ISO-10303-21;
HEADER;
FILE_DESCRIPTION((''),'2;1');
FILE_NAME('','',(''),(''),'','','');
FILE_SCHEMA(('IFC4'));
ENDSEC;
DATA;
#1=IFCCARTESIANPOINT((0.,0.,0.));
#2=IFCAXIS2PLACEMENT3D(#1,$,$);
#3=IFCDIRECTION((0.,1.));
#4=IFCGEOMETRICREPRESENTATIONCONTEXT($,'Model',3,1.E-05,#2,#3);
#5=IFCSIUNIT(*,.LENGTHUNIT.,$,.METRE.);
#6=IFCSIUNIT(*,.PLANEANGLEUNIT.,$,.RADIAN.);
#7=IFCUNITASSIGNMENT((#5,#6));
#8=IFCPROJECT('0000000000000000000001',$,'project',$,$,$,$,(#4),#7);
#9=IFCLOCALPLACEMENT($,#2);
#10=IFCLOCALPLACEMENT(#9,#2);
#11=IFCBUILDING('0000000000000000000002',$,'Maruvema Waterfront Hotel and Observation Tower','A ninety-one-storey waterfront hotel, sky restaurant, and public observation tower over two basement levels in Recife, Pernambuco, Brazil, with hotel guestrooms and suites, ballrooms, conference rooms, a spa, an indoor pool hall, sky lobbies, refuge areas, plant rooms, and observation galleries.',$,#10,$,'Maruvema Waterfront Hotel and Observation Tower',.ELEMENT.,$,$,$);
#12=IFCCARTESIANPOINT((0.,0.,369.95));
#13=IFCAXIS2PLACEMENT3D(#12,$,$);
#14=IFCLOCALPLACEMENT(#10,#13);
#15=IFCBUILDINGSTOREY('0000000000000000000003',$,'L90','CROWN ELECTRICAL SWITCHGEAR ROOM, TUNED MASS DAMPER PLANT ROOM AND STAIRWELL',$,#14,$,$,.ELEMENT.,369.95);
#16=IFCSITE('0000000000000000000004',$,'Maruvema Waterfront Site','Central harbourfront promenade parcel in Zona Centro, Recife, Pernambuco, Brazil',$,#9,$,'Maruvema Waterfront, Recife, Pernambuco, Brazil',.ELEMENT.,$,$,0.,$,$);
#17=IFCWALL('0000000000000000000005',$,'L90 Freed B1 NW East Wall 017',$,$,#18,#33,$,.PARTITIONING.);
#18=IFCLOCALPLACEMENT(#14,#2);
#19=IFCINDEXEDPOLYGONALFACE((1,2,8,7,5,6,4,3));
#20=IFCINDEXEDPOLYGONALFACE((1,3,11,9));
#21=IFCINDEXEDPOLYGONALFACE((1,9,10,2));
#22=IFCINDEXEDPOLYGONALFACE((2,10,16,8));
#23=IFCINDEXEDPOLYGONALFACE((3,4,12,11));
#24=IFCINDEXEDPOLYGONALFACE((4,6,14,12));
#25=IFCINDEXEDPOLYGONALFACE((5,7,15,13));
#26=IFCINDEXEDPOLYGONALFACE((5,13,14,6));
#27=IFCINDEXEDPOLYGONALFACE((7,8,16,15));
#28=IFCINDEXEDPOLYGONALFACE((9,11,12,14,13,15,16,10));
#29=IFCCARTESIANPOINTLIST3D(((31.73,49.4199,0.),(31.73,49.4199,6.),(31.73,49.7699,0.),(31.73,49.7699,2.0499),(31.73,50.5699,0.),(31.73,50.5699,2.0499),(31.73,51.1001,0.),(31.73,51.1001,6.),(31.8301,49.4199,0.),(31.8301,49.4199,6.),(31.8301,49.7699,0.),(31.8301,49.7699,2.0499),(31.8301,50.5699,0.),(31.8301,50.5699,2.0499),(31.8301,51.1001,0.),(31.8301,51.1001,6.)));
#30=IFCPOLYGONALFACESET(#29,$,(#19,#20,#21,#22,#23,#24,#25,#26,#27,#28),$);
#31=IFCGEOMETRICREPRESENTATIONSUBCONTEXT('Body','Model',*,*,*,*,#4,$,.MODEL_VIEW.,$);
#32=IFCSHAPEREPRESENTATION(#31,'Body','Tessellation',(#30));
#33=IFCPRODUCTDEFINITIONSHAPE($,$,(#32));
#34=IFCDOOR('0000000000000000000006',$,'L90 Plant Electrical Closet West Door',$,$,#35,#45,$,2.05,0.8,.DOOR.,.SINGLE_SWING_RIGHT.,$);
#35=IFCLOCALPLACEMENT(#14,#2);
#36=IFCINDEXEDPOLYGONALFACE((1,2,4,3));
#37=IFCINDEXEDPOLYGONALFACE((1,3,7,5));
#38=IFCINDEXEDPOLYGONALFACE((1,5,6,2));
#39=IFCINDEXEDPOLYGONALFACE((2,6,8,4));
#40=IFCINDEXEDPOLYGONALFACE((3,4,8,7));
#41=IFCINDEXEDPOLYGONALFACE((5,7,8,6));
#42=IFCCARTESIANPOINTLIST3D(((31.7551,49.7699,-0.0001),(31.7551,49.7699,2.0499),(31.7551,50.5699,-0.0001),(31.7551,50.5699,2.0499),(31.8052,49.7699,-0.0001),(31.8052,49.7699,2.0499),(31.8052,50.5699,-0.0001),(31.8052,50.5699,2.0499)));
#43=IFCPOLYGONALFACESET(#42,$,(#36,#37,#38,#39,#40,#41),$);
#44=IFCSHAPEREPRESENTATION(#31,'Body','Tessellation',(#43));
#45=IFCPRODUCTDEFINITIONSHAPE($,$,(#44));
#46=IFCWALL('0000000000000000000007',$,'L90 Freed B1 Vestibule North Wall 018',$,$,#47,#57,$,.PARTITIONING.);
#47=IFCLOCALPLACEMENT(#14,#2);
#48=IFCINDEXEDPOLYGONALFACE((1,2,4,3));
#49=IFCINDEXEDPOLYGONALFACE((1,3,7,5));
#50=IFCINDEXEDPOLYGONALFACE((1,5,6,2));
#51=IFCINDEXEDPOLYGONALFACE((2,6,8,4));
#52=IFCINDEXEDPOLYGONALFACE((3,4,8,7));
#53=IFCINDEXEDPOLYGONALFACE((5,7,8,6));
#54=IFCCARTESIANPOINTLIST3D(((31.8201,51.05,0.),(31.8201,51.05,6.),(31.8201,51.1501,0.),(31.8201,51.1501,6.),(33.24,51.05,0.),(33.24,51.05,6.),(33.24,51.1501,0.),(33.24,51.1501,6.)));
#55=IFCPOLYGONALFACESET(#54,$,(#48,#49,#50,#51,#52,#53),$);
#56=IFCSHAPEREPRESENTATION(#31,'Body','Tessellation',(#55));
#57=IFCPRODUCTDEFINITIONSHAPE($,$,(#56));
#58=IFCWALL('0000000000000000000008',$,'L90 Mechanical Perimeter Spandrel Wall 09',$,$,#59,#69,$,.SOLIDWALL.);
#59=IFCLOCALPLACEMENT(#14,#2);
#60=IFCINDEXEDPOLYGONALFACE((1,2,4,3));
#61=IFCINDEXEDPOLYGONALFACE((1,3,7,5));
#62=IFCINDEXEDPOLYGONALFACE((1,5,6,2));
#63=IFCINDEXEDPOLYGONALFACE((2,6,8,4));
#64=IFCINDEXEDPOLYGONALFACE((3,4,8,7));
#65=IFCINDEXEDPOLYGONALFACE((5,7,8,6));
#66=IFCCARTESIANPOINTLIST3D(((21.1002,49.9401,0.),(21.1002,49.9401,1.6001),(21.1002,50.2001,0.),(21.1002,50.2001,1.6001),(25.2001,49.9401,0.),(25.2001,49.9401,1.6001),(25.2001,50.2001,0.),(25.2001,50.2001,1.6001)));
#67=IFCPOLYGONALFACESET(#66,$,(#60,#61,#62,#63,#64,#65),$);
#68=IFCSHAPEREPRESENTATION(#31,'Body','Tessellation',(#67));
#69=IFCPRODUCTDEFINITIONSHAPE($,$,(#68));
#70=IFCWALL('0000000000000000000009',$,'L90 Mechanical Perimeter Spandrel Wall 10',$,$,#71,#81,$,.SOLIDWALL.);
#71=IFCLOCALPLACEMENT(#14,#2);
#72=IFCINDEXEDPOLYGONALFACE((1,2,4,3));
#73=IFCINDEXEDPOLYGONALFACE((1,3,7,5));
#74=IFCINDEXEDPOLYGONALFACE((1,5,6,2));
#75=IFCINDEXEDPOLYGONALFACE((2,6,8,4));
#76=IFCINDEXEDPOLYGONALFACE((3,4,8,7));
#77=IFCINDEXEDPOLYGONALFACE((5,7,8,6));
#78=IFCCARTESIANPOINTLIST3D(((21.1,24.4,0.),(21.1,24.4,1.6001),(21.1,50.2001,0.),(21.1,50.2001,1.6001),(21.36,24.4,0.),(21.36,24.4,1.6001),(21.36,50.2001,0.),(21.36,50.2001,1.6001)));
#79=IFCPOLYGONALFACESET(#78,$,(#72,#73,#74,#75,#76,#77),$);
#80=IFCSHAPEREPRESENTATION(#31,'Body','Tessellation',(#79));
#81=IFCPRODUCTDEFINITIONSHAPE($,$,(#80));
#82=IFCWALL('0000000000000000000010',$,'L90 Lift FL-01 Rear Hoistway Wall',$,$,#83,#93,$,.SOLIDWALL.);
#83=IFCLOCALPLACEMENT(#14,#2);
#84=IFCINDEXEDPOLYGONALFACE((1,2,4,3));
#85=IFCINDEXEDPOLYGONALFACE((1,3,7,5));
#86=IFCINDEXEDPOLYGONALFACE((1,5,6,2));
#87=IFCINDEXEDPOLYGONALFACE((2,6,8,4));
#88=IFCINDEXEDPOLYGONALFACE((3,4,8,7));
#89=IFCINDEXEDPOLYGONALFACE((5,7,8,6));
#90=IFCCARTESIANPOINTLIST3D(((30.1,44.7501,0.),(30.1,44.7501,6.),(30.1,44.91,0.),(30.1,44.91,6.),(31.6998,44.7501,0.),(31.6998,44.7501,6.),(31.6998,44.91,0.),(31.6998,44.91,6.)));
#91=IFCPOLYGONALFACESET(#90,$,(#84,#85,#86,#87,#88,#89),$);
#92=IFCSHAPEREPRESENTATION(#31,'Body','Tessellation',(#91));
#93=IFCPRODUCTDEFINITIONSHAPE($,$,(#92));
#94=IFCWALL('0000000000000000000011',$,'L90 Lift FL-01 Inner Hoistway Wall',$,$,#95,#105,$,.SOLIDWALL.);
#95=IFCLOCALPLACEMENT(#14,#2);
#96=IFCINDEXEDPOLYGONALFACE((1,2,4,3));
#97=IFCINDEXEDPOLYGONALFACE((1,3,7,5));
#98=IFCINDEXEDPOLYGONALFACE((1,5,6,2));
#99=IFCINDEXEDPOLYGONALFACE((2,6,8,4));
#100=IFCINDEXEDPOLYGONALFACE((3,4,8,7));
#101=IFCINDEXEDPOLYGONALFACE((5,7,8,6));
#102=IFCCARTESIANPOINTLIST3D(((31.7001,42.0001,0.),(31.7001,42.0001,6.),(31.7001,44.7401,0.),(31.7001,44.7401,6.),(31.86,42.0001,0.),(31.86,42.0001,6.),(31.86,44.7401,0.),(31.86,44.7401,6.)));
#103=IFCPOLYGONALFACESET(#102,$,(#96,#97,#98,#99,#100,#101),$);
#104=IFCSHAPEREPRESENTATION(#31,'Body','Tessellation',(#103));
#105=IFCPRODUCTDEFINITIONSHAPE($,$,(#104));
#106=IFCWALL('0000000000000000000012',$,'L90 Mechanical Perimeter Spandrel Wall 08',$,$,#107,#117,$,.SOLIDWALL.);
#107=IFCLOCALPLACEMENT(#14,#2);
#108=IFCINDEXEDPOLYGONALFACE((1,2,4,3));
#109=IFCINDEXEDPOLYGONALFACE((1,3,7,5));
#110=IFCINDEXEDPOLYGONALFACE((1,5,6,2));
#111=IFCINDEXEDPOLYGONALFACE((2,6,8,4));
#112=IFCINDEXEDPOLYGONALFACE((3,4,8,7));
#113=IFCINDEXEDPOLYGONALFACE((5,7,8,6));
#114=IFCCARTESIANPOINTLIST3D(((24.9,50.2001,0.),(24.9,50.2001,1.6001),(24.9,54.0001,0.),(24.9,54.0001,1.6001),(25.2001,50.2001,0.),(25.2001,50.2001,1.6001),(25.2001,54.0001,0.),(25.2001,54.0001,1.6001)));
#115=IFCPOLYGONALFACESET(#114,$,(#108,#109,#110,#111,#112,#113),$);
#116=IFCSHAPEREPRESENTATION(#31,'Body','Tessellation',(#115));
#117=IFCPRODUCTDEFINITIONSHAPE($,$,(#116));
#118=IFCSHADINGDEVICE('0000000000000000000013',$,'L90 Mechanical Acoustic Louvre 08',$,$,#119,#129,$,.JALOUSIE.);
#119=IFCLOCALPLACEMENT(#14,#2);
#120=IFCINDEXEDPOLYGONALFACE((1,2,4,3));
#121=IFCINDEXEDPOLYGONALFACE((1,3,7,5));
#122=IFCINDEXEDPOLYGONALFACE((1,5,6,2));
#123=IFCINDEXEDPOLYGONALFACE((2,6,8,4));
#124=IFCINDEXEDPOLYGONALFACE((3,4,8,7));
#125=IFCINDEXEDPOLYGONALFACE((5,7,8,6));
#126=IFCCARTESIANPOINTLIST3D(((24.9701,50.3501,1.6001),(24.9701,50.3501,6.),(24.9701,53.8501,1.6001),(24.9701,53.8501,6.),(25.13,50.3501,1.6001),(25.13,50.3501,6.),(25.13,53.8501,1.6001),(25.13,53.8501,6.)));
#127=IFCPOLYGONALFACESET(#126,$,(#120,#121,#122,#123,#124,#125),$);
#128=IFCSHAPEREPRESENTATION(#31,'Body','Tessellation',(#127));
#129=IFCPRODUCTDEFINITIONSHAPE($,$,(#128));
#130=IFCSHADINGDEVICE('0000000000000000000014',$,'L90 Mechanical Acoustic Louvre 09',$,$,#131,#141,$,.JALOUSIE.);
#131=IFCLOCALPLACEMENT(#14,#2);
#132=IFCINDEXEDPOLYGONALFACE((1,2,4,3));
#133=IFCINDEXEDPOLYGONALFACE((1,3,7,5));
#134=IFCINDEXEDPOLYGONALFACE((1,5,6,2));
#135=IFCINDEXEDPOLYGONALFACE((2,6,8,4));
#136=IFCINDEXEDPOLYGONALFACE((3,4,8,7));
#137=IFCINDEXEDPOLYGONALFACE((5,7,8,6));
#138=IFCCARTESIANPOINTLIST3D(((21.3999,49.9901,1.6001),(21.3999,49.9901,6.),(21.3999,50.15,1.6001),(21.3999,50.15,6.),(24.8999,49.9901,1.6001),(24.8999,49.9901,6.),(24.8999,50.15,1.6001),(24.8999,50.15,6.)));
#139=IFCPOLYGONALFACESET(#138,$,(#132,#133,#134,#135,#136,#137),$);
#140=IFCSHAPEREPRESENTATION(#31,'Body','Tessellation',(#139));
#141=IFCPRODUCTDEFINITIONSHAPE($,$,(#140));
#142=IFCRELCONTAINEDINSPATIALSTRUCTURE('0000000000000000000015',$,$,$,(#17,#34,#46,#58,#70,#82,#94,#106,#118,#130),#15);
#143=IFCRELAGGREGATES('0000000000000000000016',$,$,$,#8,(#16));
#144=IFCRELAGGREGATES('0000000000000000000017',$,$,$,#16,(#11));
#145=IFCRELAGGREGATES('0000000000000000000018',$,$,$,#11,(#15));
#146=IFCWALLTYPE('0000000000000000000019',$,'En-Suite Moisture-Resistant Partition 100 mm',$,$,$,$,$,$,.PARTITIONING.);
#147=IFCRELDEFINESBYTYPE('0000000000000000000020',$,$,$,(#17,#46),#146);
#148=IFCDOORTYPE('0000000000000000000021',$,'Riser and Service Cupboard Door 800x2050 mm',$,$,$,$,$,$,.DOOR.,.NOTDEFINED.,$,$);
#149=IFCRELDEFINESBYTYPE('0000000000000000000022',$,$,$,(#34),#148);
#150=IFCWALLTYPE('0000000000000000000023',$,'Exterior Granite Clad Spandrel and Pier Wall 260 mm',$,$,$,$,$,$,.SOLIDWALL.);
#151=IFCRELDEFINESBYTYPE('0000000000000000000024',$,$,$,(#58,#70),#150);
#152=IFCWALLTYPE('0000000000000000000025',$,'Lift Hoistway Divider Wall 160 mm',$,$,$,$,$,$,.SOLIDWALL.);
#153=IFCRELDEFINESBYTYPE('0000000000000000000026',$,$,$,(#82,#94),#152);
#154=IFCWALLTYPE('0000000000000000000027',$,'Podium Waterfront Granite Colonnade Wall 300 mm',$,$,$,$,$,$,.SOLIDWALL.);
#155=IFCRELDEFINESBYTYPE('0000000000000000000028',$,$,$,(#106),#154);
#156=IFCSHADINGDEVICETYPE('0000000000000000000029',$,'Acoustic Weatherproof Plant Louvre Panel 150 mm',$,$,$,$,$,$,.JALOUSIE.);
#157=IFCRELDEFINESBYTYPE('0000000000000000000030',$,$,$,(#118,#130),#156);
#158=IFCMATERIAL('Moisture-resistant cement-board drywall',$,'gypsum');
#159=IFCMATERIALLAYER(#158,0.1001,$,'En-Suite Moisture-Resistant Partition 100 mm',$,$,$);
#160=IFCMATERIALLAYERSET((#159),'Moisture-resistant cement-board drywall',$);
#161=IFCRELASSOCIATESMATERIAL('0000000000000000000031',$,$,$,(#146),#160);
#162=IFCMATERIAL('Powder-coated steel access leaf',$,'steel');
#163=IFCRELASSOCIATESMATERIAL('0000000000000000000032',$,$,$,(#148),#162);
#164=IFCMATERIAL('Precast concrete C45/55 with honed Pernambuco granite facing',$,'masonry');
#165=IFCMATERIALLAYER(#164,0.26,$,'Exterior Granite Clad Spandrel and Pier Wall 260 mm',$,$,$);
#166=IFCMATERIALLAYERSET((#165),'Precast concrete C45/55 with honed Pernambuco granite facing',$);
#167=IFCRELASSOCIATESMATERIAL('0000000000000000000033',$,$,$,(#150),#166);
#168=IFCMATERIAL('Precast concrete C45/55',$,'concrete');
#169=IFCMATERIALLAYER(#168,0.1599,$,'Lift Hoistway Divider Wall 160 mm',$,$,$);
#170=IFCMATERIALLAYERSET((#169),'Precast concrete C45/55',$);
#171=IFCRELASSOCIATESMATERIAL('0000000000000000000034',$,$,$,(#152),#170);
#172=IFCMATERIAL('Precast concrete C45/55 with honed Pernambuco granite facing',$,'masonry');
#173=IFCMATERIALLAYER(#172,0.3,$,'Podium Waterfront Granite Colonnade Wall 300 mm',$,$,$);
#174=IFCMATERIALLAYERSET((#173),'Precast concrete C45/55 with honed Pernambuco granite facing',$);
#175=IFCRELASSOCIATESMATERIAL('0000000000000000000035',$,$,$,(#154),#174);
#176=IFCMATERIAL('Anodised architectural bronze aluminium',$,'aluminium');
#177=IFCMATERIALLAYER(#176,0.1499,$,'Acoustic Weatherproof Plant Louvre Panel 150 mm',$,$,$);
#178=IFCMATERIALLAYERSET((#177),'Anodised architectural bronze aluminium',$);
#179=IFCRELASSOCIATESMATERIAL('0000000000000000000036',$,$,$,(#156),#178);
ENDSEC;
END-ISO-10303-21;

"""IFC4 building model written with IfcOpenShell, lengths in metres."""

from ifc_helpers import new_model, si_unit, direction, frame, frame_2d, origin, origin_2d, place, context, subcontext, project, spatial, rectangle, extrude, material, layer, layer_set, type_object, element, fill, save


model = new_model("IFC4")

# Units and contexts
model_context = context("Model", 3, precision=1e-05, world=origin(), true_north=direction((0.0, 1.0)))
body_context = subcontext(model_context, "Body", "Model", "MODEL_VIEW")
ifc_project = project(units=[si_unit("LENGTHUNIT", "METRE"), si_unit("PLANEANGLEUNIT", "RADIAN")], contexts=[model_context])

# Site, building, storey
site_placement = place(None, origin())
site = spatial("IfcSite", under=ifc_project, at=site_placement, Name="Maruvema Waterfront Site", Description="Central harbourfront promenade parcel in Zona Centro, Recife, Pernambuco, Brazil", LongName="Maruvema Waterfront, Recife, Pernambuco, Brazil", CompositionType="ELEMENT", RefElevation=0.0)
building_placement = place(site_placement, origin())
building = spatial("IfcBuilding", under=site, at=building_placement, Name="Maruvema Waterfront Hotel and Observation Tower", Description="A ninety-one-storey waterfront hotel, sky restaurant, and public observation tower over two basement levels in Recife, Pernambuco, Brazil, with hotel guestrooms and suites, ballrooms, conference rooms, a spa, an indoor pool hall, sky lobbies, refuge areas, plant rooms, and observation galleries.", LongName="Maruvema Waterfront Hotel and Observation Tower", CompositionType="ELEMENT")
storey_placement = place(building_placement, frame((0.0, 0.0, 369.95)))
storey = spatial("IfcBuildingStorey", under=building, at=storey_placement, Name="L90", Description="CROWN ELECTRICAL SWITCHGEAR ROOM, TUNED MASS DAMPER PLANT ROOM AND STAIRWELL", CompositionType="ELEMENT", Elevation=369.95)

# Shared definitions
ifc_material_1 = material(Name="Moisture-resistant cement-board drywall", Category="gypsum")
ifc_layer_1 = layer(ifc_material_1, 0.1001, Name="En-Suite Moisture-Resistant Partition 100 mm")
ifc_layer_set_1 = layer_set([ifc_layer_1], Name="Moisture-resistant cement-board drywall")
wall_type_1 = type_object("IfcWallType", Name="En-Suite Moisture-Resistant Partition 100 mm", PredefinedType="PARTITIONING", material=ifc_layer_set_1)
ifc_material_2 = material(Name="Powder-coated steel access leaf", Category="steel")
door_type_1 = type_object("IfcDoorType", Name="Riser and Service Cupboard Door 800x2050 mm", OperationType="NOTDEFINED", PredefinedType="DOOR", material=ifc_material_2)

# Wall, opening, door
wall_1_placement = place(storey_placement, frame((31.78, 49.4199, 0.0), z_axis=(0.0, 0.0, 1.0), x_axis=(0.0, 1.0, 0.0)))
wall_1 = element("IfcWall", 1, at=wall_1_placement, inside=storey, type_object=wall_type_1, Name="L90 Freed B1 NW East Wall 017", PredefinedType="PARTITIONING", context=body_context, shape_type="SweptSolid", body=[
    extrude(rectangle(XDim=1.6802, YDim=0.1001, at=frame_2d((0.8401, 0.0))), origin(), (0.0, 0.0, 1.0), 6.0),
])
opening_1_placement = place(wall_1_placement, frame((0.3501, 0.0, 0.0)))
opening_1 = element("IfcOpeningElement", 2, at=opening_1_placement, cuts=wall_1, PredefinedType="OPENING", context=body_context, shape_type="SweptSolid", body=[
    extrude(rectangle(XDim=0.8, YDim=2.05, at=frame_2d((0.3999, 1.0249))), frame((0.0, 0.0601, 0.0), z_axis=(0.0, -1.0, 0.0), x_axis=(1.0, 0.0, 0.0)), (0.0, 0.0, 1.0), 0.1201),
])
door_1_placement = place(opening_1_placement, origin())
door_1 = element("IfcDoor", 3, at=door_1_placement, inside=storey, type_object=door_type_1, Name="L90 Plant Electrical Closet West Door", OperationType="SINGLE_SWING_RIGHT", OverallHeight=2.05, OverallWidth=0.8, PredefinedType="DOOR", context=body_context, shape_type="SweptSolid", body=[
    extrude(rectangle(XDim=0.8, YDim=2.05, at=frame_2d((0.3999, 1.0249))), frame((0.0, 0.0249, 0.0), z_axis=(0.0, -1.0, 0.0), x_axis=(1.0, 0.0, 0.0)), (0.0, 0.0, 1.0), 0.05),
])
fill(opening_1, door_1)

# Walls
wall_2_placement = place(storey_placement, frame((31.8201, 51.1001, 0.0), z_axis=(0.0, 0.0, 1.0), x_axis=(1.0, 0.0, 0.0)))
element("IfcWall", 4, at=wall_2_placement, inside=storey, type_object=wall_type_1, Name="L90 Freed B1 Vestibule North Wall 018", PredefinedType="PARTITIONING", context=body_context, shape_type="SweptSolid", body=[
    extrude(rectangle(XDim=1.4199, YDim=0.1001, at=frame_2d((0.71, 0.0))), origin(), (0.0, 0.0, 1.0), 6.0),
])
ifc_material_3 = material(Name="Precast concrete C45/55 with honed Pernambuco granite facing", Category="masonry")
ifc_layer_2 = layer(ifc_material_3, 0.26, Name="Exterior Granite Clad Spandrel and Pier Wall 260 mm")
ifc_layer_set_2 = layer_set([ifc_layer_2], Name="Precast concrete C45/55 with honed Pernambuco granite facing")
wall_type_2 = type_object("IfcWallType", Name="Exterior Granite Clad Spandrel and Pier Wall 260 mm", PredefinedType="SOLIDWALL", material=ifc_layer_set_2)
wall_3_placement = place(storey_placement, frame((25.2, 50.0701, 0.0), z_axis=(0.0, 0.0, 1.0), x_axis=(-1.0, 0.0, 0.0)))
element("IfcWall", 5, at=wall_3_placement, inside=storey, type_object=wall_type_2, Name="L90 Mechanical Perimeter Spandrel Wall 09", PredefinedType="SOLIDWALL", context=body_context, shape_type="SweptSolid", body=[
    extrude(rectangle(XDim=4.0999, YDim=0.26, at=frame_2d((2.0498, 0.0))), origin(), (0.0, 0.0, 1.0), 1.6001),
])
wall_4_placement = place(storey_placement, frame((21.23, 50.2, 0.0), z_axis=(0.0, 0.0, 1.0), x_axis=(0.0, -1.0, 0.0)))
element("IfcWall", 6, at=wall_4_placement, inside=storey, type_object=wall_type_2, Name="L90 Mechanical Perimeter Spandrel Wall 10", PredefinedType="SOLIDWALL", context=body_context, shape_type="SweptSolid", body=[
    extrude(rectangle(XDim=25.8, YDim=0.26, at=frame_2d((12.8999, 0.0))), origin(), (0.0, 0.0, 1.0), 1.6001),
])
ifc_material_4 = material(Name="Precast concrete C45/55", Category="concrete")
ifc_layer_3 = layer(ifc_material_4, 0.1599, Name="Lift Hoistway Divider Wall 160 mm")
ifc_layer_set_3 = layer_set([ifc_layer_3], Name="Precast concrete C45/55")
wall_type_3 = type_object("IfcWallType", Name="Lift Hoistway Divider Wall 160 mm", PredefinedType="SOLIDWALL", material=ifc_layer_set_3)
wall_5_placement = place(storey_placement, frame((30.1001, 44.8301, 0.0), z_axis=(0.0, 0.0, 1.0), x_axis=(1.0, 0.0, 0.0)))
element("IfcWall", 7, at=wall_5_placement, inside=storey, type_object=wall_type_3, Name="L90 Lift FL-01 Rear Hoistway Wall", PredefinedType="SOLIDWALL", context=body_context, shape_type="SweptSolid", body=[
    extrude(rectangle(XDim=1.5999, YDim=0.1599, at=frame_2d((0.7998, 0.0))), origin(), (0.0, 0.0, 1.0), 6.0),
])
wall_6_placement = place(storey_placement, frame((31.78, 42.0, 0.0), z_axis=(0.0, 0.0, 1.0), x_axis=(0.0, 1.0, 0.0)))
element("IfcWall", 8, at=wall_6_placement, inside=storey, type_object=wall_type_3, Name="L90 Lift FL-01 Inner Hoistway Wall", PredefinedType="SOLIDWALL", context=body_context, shape_type="SweptSolid", body=[
    extrude(rectangle(XDim=2.74, YDim=0.1599, at=frame_2d((1.3701, 0.0))), origin(), (0.0, 0.0, 1.0), 6.0),
])
ifc_material_5 = material(Name="Precast concrete C45/55 with honed Pernambuco granite facing", Category="masonry")
ifc_layer_4 = layer(ifc_material_5, 0.3, Name="Podium Waterfront Granite Colonnade Wall 300 mm")
ifc_layer_set_4 = layer_set([ifc_layer_4], Name="Precast concrete C45/55 with honed Pernambuco granite facing")
wall_type_4 = type_object("IfcWallType", Name="Podium Waterfront Granite Colonnade Wall 300 mm", PredefinedType="SOLIDWALL", material=ifc_layer_set_4)
wall_7_placement = place(storey_placement, frame((25.05, 54.0, 0.0), z_axis=(0.0, 0.0, 1.0), x_axis=(0.0, -1.0, 0.0)))
element("IfcWall", 9, at=wall_7_placement, inside=storey, type_object=wall_type_4, Name="L90 Mechanical Perimeter Spandrel Wall 08", PredefinedType="SOLIDWALL", context=body_context, shape_type="SweptSolid", body=[
    extrude(rectangle(XDim=3.8, YDim=0.3, at=frame_2d((1.8999, 0.0))), origin(), (0.0, 0.0, 1.0), 1.6001),
])

# Shading devices
ifc_material_6 = material(Name="Anodised architectural bronze aluminium", Category="aluminium")
ifc_layer_5 = layer(ifc_material_6, 0.1499, Name="Acoustic Weatherproof Plant Louvre Panel 150 mm")
ifc_layer_set_5 = layer_set([ifc_layer_5], Name="Anodised architectural bronze aluminium")
shading_device_type = type_object("IfcShadingDeviceType", Name="Acoustic Weatherproof Plant Louvre Panel 150 mm", PredefinedType="JALOUSIE", material=ifc_layer_set_5)
for number, where, z_axis, x_axis, name in (
    (10, (25.05, 52.1001, 1.6001), (0.0, 0.0, 1.0), (0.0, -1.0, 0.0), "L90 Mechanical Acoustic Louvre 08"),
    (11, (23.1499, 50.0701, 1.6001), (0.0, 0.0, 1.0), (-1.0, 0.0, 0.0), "L90 Mechanical Acoustic Louvre 09"),
):
    element("IfcShadingDevice", number, at=place(storey_placement, frame(where, z_axis=z_axis, x_axis=x_axis)), inside=storey, type_object=shading_device_type, Name=name, PredefinedType="JALOUSIE", context=body_context, shape_type="SweptSolid", body=[
        extrude(rectangle(XDim=3.5, YDim=0.1599, at=origin_2d()), origin(), (0.0, 0.0, 1.0), 4.3999),
    ])

save(model, "model.ifc")
